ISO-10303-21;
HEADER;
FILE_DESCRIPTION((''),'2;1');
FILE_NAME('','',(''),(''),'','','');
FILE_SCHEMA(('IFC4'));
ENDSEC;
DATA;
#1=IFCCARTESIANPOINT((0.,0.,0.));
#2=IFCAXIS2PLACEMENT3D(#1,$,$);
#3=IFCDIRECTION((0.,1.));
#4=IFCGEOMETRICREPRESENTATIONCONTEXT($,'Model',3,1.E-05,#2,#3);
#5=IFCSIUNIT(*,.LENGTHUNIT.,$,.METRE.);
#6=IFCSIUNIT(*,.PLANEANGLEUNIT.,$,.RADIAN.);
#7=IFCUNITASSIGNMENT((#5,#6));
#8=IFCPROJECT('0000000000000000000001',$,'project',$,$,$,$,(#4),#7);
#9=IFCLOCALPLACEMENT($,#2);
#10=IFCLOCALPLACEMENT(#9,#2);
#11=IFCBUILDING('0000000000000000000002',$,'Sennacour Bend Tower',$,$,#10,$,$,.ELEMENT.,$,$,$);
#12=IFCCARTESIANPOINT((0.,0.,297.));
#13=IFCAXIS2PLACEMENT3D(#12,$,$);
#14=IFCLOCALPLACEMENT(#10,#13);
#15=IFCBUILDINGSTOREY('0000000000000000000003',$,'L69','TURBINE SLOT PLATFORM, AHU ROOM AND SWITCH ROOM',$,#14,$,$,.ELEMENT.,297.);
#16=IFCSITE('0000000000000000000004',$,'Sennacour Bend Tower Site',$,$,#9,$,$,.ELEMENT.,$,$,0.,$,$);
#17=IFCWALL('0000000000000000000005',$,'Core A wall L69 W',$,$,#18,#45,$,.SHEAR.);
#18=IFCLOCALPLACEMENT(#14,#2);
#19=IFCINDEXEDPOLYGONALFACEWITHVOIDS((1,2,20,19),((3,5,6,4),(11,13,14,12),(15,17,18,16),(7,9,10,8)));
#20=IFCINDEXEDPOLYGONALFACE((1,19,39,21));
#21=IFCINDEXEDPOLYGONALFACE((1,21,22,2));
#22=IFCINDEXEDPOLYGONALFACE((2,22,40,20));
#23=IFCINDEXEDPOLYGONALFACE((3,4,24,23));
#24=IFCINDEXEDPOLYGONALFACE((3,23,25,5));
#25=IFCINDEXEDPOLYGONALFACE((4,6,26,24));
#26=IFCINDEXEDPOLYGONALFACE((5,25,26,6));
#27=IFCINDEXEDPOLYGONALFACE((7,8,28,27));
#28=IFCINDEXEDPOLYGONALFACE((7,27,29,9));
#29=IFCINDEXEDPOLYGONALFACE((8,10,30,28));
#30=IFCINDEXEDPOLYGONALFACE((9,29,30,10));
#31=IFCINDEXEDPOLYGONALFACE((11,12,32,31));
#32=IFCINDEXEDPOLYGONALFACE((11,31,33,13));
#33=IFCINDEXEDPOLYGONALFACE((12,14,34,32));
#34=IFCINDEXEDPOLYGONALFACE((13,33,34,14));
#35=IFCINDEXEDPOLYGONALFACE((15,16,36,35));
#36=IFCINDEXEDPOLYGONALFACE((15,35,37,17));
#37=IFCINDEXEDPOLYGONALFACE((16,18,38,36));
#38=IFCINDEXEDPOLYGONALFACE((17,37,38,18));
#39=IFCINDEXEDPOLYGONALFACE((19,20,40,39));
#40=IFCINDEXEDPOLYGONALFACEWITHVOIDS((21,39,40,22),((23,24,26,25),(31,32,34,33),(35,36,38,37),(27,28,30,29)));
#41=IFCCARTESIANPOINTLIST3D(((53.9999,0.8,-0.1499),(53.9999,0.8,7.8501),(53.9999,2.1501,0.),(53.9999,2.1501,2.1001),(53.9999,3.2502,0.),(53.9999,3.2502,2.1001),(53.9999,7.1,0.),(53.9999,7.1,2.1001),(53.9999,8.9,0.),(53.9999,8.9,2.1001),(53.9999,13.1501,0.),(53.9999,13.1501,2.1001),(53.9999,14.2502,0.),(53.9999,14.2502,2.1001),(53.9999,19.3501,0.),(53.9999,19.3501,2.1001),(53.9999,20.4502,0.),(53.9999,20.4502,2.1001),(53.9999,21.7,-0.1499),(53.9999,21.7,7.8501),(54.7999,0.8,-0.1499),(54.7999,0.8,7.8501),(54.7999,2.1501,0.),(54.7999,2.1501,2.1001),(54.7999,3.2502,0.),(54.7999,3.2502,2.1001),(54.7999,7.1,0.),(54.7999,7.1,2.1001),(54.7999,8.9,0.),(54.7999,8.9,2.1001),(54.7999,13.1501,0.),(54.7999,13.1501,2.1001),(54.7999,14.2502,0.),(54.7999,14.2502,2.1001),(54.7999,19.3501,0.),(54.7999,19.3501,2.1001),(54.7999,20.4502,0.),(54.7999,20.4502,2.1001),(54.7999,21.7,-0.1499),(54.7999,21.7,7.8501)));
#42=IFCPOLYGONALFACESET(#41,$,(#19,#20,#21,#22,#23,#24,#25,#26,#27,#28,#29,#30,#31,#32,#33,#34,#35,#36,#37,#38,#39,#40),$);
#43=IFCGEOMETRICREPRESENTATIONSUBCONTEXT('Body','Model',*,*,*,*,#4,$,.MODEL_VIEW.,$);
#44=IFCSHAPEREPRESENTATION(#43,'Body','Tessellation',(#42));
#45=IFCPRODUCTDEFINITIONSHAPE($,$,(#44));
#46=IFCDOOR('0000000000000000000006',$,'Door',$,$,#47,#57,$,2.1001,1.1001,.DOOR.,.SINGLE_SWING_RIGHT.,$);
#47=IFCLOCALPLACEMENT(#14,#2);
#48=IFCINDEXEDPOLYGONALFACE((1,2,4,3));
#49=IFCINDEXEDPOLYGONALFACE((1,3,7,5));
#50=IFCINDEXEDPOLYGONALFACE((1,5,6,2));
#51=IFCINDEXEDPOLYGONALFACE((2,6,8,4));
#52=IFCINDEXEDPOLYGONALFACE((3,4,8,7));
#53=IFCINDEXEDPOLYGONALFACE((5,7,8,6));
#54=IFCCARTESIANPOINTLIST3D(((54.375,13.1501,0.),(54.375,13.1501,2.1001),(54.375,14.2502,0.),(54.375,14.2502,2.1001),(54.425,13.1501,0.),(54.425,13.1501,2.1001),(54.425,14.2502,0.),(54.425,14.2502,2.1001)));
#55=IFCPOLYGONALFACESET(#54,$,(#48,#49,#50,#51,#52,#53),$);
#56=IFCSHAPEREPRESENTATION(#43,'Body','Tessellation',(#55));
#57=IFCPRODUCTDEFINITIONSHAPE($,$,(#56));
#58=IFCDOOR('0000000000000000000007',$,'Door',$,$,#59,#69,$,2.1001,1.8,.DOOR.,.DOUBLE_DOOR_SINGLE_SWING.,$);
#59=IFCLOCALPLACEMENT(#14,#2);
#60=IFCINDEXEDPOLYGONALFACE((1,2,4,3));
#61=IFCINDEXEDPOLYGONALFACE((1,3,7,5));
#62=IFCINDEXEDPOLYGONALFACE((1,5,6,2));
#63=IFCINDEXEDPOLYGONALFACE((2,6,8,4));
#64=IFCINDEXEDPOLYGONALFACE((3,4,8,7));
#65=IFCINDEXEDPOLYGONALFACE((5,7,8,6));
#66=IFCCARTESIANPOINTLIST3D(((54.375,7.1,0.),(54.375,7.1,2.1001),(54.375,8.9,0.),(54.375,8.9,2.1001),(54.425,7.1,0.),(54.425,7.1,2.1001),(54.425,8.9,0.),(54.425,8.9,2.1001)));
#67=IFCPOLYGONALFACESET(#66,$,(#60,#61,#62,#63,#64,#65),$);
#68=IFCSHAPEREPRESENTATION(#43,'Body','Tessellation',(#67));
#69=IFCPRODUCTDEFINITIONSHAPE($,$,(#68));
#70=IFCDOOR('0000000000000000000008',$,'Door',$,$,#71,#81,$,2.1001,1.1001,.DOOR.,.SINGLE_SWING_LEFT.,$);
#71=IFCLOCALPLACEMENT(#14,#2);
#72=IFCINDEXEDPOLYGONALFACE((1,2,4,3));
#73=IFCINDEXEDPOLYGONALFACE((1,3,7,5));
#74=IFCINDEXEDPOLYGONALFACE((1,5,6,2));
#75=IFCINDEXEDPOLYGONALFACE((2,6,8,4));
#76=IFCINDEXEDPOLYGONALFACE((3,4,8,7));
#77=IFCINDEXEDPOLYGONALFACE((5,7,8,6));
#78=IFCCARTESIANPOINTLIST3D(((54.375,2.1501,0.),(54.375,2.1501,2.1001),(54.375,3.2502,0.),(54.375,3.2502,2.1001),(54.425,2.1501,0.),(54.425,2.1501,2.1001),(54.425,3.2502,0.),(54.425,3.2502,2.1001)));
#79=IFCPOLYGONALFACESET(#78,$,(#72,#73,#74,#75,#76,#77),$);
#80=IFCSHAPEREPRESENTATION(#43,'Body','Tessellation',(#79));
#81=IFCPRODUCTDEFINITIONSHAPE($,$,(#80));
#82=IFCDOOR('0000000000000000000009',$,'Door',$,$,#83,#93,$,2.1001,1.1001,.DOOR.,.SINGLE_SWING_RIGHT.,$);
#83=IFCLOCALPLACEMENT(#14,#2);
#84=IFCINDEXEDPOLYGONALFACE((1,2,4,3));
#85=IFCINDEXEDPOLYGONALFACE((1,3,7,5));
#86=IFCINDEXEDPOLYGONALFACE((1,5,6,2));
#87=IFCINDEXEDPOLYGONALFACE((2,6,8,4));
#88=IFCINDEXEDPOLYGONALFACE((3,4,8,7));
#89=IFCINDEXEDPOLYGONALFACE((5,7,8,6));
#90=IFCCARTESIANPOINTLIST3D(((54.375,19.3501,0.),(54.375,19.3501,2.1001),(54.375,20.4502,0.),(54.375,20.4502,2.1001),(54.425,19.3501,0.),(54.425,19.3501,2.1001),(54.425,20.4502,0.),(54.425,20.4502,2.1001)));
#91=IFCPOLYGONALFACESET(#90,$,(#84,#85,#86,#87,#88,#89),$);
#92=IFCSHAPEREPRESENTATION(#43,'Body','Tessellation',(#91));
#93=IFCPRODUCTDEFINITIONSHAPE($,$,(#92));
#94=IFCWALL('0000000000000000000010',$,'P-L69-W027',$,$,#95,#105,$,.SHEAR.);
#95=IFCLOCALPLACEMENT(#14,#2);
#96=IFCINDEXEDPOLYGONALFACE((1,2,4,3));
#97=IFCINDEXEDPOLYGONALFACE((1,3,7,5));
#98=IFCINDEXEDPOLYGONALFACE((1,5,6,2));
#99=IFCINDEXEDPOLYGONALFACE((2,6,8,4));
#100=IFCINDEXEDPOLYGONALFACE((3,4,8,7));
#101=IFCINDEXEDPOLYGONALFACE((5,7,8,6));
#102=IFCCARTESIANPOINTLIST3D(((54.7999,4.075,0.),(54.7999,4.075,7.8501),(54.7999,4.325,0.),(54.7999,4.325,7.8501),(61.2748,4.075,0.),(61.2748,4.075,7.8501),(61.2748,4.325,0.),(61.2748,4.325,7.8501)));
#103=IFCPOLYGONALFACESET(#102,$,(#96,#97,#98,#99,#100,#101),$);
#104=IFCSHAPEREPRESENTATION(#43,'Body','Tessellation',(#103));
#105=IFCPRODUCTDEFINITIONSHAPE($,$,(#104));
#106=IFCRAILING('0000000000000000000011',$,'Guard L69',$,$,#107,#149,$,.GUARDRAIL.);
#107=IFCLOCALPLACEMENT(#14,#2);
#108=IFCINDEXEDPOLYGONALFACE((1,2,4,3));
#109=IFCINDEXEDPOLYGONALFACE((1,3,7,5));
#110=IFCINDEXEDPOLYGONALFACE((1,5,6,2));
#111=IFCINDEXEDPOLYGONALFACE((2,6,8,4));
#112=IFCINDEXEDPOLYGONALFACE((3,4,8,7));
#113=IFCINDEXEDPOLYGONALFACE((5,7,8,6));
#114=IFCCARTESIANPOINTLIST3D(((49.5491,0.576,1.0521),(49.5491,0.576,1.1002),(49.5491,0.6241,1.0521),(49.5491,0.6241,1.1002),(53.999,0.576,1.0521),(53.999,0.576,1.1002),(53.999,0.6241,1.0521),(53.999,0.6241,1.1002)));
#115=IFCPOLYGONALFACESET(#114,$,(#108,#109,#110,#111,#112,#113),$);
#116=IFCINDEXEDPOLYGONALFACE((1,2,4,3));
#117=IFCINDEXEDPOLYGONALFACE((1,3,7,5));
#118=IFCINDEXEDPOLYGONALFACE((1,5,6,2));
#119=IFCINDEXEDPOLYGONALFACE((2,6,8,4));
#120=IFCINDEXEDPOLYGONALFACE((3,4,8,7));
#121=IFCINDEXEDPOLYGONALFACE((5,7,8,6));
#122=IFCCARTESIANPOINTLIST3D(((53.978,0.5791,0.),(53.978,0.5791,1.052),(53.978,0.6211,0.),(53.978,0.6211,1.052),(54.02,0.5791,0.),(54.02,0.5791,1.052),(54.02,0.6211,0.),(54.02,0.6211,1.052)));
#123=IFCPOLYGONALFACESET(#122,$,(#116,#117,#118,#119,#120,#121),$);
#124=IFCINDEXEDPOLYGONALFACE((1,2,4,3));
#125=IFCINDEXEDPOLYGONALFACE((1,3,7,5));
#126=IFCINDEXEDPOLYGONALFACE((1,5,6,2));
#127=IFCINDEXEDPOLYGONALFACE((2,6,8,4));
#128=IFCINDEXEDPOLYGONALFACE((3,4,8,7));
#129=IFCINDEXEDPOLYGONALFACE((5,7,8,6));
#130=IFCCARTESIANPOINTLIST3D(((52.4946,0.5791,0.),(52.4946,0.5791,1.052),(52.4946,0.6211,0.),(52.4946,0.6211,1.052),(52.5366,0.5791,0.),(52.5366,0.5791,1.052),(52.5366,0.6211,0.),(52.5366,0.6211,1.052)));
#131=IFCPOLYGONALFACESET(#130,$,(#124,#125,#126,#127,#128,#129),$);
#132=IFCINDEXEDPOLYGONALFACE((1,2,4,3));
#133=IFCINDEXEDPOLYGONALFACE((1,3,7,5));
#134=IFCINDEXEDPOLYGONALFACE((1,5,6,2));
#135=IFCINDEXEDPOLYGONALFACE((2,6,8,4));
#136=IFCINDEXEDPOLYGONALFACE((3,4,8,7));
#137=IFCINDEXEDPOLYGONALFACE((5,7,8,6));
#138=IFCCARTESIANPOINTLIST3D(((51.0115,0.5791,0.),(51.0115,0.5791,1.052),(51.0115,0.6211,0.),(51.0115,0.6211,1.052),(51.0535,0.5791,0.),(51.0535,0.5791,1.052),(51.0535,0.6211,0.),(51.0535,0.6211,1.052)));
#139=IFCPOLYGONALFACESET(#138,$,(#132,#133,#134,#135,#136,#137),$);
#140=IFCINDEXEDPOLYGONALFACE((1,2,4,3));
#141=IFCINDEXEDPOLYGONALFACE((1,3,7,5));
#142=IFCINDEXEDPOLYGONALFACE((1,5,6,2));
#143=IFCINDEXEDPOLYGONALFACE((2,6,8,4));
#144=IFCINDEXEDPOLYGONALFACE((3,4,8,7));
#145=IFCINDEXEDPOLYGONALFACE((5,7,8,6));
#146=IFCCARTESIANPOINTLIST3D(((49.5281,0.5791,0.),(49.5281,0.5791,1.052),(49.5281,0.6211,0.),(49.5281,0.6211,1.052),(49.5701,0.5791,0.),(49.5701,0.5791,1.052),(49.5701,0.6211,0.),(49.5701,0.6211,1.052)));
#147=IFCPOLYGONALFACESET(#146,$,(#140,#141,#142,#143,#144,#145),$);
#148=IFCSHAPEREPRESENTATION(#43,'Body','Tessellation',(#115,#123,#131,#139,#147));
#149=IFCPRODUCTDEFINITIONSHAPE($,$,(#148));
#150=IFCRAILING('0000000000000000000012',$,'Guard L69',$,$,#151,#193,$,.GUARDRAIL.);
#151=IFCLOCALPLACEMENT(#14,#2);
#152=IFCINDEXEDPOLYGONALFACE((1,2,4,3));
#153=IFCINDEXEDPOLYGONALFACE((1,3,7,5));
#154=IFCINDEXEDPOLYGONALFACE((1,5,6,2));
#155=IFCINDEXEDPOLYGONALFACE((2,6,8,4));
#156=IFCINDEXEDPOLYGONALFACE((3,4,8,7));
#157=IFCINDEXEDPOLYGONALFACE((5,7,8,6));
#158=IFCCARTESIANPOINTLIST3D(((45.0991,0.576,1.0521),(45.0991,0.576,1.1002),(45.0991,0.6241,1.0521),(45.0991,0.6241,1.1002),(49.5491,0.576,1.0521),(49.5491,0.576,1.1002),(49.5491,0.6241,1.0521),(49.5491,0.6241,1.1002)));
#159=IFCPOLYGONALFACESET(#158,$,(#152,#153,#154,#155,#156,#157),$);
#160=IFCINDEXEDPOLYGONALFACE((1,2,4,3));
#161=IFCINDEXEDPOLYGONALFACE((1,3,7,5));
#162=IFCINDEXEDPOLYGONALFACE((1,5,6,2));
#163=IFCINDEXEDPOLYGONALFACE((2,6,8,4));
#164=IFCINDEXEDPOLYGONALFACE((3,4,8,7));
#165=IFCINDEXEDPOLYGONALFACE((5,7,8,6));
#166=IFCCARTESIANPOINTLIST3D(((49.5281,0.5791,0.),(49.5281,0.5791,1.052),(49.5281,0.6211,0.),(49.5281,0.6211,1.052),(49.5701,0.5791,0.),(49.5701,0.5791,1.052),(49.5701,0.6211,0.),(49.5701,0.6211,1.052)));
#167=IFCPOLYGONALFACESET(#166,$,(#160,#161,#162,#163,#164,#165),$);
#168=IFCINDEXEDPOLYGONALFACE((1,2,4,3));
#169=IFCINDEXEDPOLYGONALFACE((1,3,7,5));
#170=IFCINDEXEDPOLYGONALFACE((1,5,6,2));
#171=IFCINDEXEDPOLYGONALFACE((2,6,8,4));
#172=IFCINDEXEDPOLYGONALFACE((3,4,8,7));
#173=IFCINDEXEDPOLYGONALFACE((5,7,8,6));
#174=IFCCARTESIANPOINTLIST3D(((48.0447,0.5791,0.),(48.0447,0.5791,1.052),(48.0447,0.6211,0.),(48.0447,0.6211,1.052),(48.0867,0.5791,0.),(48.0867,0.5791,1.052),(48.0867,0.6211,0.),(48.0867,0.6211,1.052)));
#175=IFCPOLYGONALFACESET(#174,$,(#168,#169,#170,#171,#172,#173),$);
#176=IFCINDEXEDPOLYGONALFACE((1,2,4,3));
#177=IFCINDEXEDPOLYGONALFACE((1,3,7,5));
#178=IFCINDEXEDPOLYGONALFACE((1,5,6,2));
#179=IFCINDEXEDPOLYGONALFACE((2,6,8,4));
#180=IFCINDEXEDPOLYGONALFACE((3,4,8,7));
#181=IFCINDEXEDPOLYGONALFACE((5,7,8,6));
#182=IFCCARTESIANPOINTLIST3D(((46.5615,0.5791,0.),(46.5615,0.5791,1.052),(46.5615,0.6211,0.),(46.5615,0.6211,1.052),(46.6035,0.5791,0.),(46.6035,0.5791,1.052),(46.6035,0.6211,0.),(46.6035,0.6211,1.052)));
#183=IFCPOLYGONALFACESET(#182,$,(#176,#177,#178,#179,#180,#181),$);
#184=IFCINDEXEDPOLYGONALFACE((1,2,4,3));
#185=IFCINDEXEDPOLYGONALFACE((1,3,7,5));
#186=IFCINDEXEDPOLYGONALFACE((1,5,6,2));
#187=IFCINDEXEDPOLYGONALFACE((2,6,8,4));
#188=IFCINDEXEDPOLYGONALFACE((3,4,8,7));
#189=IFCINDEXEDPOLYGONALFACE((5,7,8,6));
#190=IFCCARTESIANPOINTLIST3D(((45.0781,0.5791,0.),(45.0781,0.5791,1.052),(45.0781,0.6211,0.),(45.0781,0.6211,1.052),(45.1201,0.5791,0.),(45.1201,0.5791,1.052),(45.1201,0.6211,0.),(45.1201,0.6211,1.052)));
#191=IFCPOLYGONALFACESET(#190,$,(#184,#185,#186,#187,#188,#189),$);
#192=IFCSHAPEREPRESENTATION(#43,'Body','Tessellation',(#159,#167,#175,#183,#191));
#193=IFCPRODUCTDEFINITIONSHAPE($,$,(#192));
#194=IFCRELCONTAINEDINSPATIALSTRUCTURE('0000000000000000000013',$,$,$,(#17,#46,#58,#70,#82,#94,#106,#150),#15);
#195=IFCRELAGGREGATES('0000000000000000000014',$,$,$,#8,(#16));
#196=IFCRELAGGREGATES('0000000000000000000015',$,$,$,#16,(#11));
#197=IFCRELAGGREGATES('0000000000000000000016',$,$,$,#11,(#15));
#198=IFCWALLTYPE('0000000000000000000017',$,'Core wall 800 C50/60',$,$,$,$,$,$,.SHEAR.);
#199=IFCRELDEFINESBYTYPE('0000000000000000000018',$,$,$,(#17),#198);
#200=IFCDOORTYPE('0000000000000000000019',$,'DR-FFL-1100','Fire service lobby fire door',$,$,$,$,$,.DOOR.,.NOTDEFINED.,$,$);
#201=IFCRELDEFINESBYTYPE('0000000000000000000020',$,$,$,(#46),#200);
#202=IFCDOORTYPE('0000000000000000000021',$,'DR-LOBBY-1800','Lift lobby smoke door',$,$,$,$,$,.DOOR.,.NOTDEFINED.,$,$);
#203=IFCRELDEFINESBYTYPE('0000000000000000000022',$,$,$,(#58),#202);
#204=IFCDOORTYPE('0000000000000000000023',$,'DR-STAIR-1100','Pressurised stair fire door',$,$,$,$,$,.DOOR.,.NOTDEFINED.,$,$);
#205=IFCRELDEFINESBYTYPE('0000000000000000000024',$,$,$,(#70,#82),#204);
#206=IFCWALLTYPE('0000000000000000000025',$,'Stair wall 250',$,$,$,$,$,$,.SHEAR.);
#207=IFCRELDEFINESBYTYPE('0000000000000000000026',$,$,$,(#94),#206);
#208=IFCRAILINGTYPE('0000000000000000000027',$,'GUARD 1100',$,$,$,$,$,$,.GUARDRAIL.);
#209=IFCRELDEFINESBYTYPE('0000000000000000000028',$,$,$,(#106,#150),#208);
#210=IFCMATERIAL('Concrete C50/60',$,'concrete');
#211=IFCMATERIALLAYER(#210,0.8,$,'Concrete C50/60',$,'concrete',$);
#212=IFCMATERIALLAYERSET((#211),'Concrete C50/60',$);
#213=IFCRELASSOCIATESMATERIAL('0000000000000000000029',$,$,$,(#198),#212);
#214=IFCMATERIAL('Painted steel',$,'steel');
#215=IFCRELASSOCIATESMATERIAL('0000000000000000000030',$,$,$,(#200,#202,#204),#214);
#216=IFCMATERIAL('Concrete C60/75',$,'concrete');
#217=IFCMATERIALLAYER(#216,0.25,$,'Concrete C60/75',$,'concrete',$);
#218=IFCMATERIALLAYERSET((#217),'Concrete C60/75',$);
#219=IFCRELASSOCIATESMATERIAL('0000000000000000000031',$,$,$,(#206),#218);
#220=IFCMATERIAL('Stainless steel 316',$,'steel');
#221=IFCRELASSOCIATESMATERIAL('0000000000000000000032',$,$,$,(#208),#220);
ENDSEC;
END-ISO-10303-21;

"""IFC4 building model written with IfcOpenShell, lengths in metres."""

from ifc_helpers import new_model, si_unit, direction, frame, frame_2d, origin, origin_2d, place, context, subcontext, project, spatial, rectangle, extrude, material, layer, layer_set, type_object, element, fill, save


model = new_model("IFC4")

# Units and contexts
model_context = context("Model", 3, precision=1e-05, world=origin(), true_north=direction((0.0, 1.0)))
body_context = subcontext(model_context, "Body", "Model", "MODEL_VIEW")
ifc_project = project(units=[si_unit("LENGTHUNIT", "METRE"), si_unit("PLANEANGLEUNIT", "RADIAN")], contexts=[model_context])

# Site, building, storey
site_placement = place(None, origin())
site = spatial("IfcSite", under=ifc_project, at=site_placement, Name="Sennacour Bend Tower Site", CompositionType="ELEMENT", RefElevation=0.0)
building_placement = place(site_placement, origin())
building = spatial("IfcBuilding", under=site, at=building_placement, Name="Sennacour Bend Tower", CompositionType="ELEMENT")
storey_placement = place(building_placement, frame((0.0, 0.0, 297.0)))
storey = spatial("IfcBuildingStorey", under=building, at=storey_placement, Name="L69", Description="TURBINE SLOT PLATFORM, AHU ROOM AND SWITCH ROOM", CompositionType="ELEMENT", Elevation=297.0)

# Wall, openings, doors
ifc_material_1 = material(Name="Concrete C50/60", Category="concrete")
ifc_layer_1 = layer(ifc_material_1, 0.8, Name="Concrete C50/60", Category="concrete")
ifc_layer_set_1 = layer_set([ifc_layer_1], Name="Concrete C50/60")
wall_type_1 = type_object("IfcWallType", Name="Core wall 800 C50/60", PredefinedType="SHEAR", material=ifc_layer_set_1)
wall_1_placement = place(storey_placement, frame((54.3999, 0.8, -0.1499), z_axis=(0.0, 0.0, 1.0), x_axis=(0.0, 1.0, 0.0)))
wall_1 = element("IfcWall", 1, at=wall_1_placement, inside=storey, type_object=wall_type_1, Name="Core A wall L69 W", PredefinedType="SHEAR", context=body_context, shape_type="SweptSolid", body=[
    extrude(rectangle(XDim=20.8999, YDim=0.8, at=frame_2d((10.45, 0.0))), origin(), (0.0, 0.0, 1.0), 8.0),
])
opening_1_placement = place(wall_1_placement, frame((6.3, 0.0, 0.1499)))
opening_1 = element("IfcOpeningElement", 2, at=opening_1_placement, cuts=wall_1, PredefinedType="OPENING", context=body_context, shape_type="SweptSolid", body=[
    extrude(rectangle(XDim=1.8, YDim=2.1001, at=frame_2d((0.8999, 1.05))), frame((0.0, 0.4102, 0.0), z_axis=(0.0, -1.0, 0.0), x_axis=(1.0, 0.0, 0.0)), (0.0, 0.0, 1.0), 0.8201),
])
opening_2_placement = place(wall_1_placement, frame((12.3501, 0.0, 0.1499)))
opening_2 = element("IfcOpeningElement", 3, at=opening_2_placement, cuts=wall_1, PredefinedType="OPENING", context=body_context, shape_type="SweptSolid", body=[
    extrude(rectangle(XDim=1.1001, YDim=2.1001, at=frame_2d((0.55, 1.05))), frame((0.0, 0.4102, 0.0), z_axis=(0.0, -1.0, 0.0), x_axis=(1.0, 0.0, 0.0)), (0.0, 0.0, 1.0), 0.8201),
])
opening_3_placement = place(wall_1_placement, frame((1.3501, 0.0, 0.1499)))
opening_3 = element("IfcOpeningElement", 4, at=opening_3_placement, cuts=wall_1, PredefinedType="OPENING", context=body_context, shape_type="SweptSolid", body=[
    extrude(rectangle(XDim=1.1001, YDim=2.1001, at=frame_2d((0.55, 1.05))), frame((0.0, 0.4102, 0.0), z_axis=(0.0, -1.0, 0.0), x_axis=(1.0, 0.0, 0.0)), (0.0, 0.0, 1.0), 0.8201),
])
opening_4_placement = place(wall_1_placement, frame((18.55, 0.0, 0.1499)))
opening_4 = element("IfcOpeningElement", 5, at=opening_4_placement, cuts=wall_1, PredefinedType="OPENING", context=body_context, shape_type="SweptSolid", body=[
    extrude(rectangle(XDim=1.1001, YDim=2.1001, at=frame_2d((0.55, 1.05))), frame((0.0, 0.4102, 0.0), z_axis=(0.0, -1.0, 0.0), x_axis=(1.0, 0.0, 0.0)), (0.0, 0.0, 1.0), 0.8201),
])
ifc_material_2 = material(Name="Painted steel", Category="steel")
door_type_1 = type_object("IfcDoorType", Name="DR-FFL-1100", Description="Fire service lobby fire door", OperationType="NOTDEFINED", PredefinedType="DOOR", material=ifc_material_2)
door_1_placement = place(opening_2_placement, origin())
door_1 = element("IfcDoor", 6, at=door_1_placement, inside=storey, type_object=door_type_1, Name="Door", OperationType="SINGLE_SWING_RIGHT", OverallHeight=2.1001, OverallWidth=1.1001, PredefinedType="DOOR", context=body_context, shape_type="SweptSolid", body=[
    extrude(rectangle(XDim=1.1001, YDim=2.1001, at=frame_2d((0.55, 1.05))), frame((0.0, 0.0249, 0.0), z_axis=(0.0, -1.0, 0.0), x_axis=(1.0, 0.0, 0.0)), (0.0, 0.0, 1.0), 0.05),
])
fill(opening_2, door_1)
door_type_2 = type_object("IfcDoorType", Name="DR-LOBBY-1800", Description="Lift lobby smoke door", OperationType="NOTDEFINED", PredefinedType="DOOR", material=ifc_material_2)
door_2_placement = place(opening_1_placement, origin())
door_2 = element("IfcDoor", 7, at=door_2_placement, inside=storey, type_object=door_type_2, Name="Door", OperationType="DOUBLE_DOOR_SINGLE_SWING", OverallHeight=2.1001, OverallWidth=1.8, PredefinedType="DOOR", context=body_context, shape_type="SweptSolid", body=[
    extrude(rectangle(XDim=1.8, YDim=2.1001, at=frame_2d((0.8999, 1.05))), frame((0.0, 0.0249, 0.0), z_axis=(0.0, -1.0, 0.0), x_axis=(1.0, 0.0, 0.0)), (0.0, 0.0, 1.0), 0.05),
])
fill(opening_1, door_2)
door_type_3 = type_object("IfcDoorType", Name="DR-STAIR-1100", Description="Pressurised stair fire door", OperationType="NOTDEFINED", PredefinedType="DOOR", material=ifc_material_2)
door_3_placement = place(opening_3_placement, origin())
door_3 = element("IfcDoor", 8, at=door_3_placement, inside=storey, type_object=door_type_3, Name="Door", OperationType="SINGLE_SWING_LEFT", OverallHeight=2.1001, OverallWidth=1.1001, PredefinedType="DOOR", context=body_context, shape_type="SweptSolid", body=[
    extrude(rectangle(XDim=1.1001, YDim=2.1001, at=frame_2d((0.55, 1.05))), frame((0.0, 0.0249, 0.0), z_axis=(0.0, -1.0, 0.0), x_axis=(1.0, 0.0, 0.0)), (0.0, 0.0, 1.0), 0.05),
])
fill(opening_3, door_3)
door_4_placement = place(opening_4_placement, origin())
door_4 = element("IfcDoor", 9, at=door_4_placement, inside=storey, type_object=door_type_3, Name="Door", OperationType="SINGLE_SWING_RIGHT", OverallHeight=2.1001, OverallWidth=1.1001, PredefinedType="DOOR", context=body_context, shape_type="SweptSolid", body=[
    extrude(rectangle(XDim=1.1001, YDim=2.1001, at=frame_2d((0.55, 1.05))), frame((0.0, 0.0249, 0.0), z_axis=(0.0, -1.0, 0.0), x_axis=(1.0, 0.0, 0.0)), (0.0, 0.0, 1.0), 0.05),
])
fill(opening_4, door_4)

# Wall
ifc_material_3 = material(Name="Concrete C60/75", Category="concrete")
ifc_layer_2 = layer(ifc_material_3, 0.25, Name="Concrete C60/75", Category="concrete")
ifc_layer_set_2 = layer_set([ifc_layer_2], Name="Concrete C60/75")
wall_type_2 = type_object("IfcWallType", Name="Stair wall 250", PredefinedType="SHEAR", material=ifc_layer_set_2)
wall_2_placement = place(storey_placement, frame((54.8, 4.2, 0.0), z_axis=(0.0, 0.0, 1.0), x_axis=(1.0, 0.0, 0.0)))
element("IfcWall", 10, at=wall_2_placement, inside=storey, type_object=wall_type_2, Name="P-L69-W027", PredefinedType="SHEAR", context=body_context, shape_type="SweptSolid", body=[
    extrude(rectangle(XDim=6.4749, YDim=0.25, at=frame_2d((3.2373, 0.0))), origin(), (0.0, 0.0, 1.0), 7.8501),
])

# Railings
ifc_material_4 = material(Name="Stainless steel 316", Category="steel")
railing_type = type_object("IfcRailingType", Name="GUARD 1100", PredefinedType="GUARDRAIL", material=ifc_material_4)
for number, where, name in (
    (11, (53.999, 0.6001, 0.0), "Guard L69"),
    (12, (49.5491, 0.6001, 0.0), "Guard L69"),
):
    element("IfcRailing", number, at=place(storey_placement, frame(where)), inside=storey, type_object=railing_type, Name=name, PredefinedType="GUARDRAIL", context=body_context, shape_type="SweptSolid", body=[
        extrude(rectangle(XDim=0.0481, YDim=0.0481, at=origin_2d()), frame((0.0, 0.0, 1.0762), z_axis=(-1.0, 0.0, 0.0), x_axis=(0.0, -1.0, 0.0)), (0.0, 0.0, 1.0), 4.45),
        extrude(rectangle(XDim=0.042, YDim=0.042, at=origin_2d()), origin(), (0.0, 0.0, 1.0), 1.052),
        extrude(rectangle(XDim=0.042, YDim=0.042, at=origin_2d()), frame((-1.4834, 0.0, 0.0)), (0.0, 0.0, 1.0), 1.052),
        extrude(rectangle(XDim=0.042, YDim=0.042, at=origin_2d()), frame((-2.9666, 0.0, 0.0)), (0.0, 0.0, 1.0), 1.052),
        extrude(rectangle(XDim=0.042, YDim=0.042, at=origin_2d()), frame((-4.45, 0.0, 0.0)), (0.0, 0.0, 1.0), 1.052),
    ])

save(model, "model.ifc")
